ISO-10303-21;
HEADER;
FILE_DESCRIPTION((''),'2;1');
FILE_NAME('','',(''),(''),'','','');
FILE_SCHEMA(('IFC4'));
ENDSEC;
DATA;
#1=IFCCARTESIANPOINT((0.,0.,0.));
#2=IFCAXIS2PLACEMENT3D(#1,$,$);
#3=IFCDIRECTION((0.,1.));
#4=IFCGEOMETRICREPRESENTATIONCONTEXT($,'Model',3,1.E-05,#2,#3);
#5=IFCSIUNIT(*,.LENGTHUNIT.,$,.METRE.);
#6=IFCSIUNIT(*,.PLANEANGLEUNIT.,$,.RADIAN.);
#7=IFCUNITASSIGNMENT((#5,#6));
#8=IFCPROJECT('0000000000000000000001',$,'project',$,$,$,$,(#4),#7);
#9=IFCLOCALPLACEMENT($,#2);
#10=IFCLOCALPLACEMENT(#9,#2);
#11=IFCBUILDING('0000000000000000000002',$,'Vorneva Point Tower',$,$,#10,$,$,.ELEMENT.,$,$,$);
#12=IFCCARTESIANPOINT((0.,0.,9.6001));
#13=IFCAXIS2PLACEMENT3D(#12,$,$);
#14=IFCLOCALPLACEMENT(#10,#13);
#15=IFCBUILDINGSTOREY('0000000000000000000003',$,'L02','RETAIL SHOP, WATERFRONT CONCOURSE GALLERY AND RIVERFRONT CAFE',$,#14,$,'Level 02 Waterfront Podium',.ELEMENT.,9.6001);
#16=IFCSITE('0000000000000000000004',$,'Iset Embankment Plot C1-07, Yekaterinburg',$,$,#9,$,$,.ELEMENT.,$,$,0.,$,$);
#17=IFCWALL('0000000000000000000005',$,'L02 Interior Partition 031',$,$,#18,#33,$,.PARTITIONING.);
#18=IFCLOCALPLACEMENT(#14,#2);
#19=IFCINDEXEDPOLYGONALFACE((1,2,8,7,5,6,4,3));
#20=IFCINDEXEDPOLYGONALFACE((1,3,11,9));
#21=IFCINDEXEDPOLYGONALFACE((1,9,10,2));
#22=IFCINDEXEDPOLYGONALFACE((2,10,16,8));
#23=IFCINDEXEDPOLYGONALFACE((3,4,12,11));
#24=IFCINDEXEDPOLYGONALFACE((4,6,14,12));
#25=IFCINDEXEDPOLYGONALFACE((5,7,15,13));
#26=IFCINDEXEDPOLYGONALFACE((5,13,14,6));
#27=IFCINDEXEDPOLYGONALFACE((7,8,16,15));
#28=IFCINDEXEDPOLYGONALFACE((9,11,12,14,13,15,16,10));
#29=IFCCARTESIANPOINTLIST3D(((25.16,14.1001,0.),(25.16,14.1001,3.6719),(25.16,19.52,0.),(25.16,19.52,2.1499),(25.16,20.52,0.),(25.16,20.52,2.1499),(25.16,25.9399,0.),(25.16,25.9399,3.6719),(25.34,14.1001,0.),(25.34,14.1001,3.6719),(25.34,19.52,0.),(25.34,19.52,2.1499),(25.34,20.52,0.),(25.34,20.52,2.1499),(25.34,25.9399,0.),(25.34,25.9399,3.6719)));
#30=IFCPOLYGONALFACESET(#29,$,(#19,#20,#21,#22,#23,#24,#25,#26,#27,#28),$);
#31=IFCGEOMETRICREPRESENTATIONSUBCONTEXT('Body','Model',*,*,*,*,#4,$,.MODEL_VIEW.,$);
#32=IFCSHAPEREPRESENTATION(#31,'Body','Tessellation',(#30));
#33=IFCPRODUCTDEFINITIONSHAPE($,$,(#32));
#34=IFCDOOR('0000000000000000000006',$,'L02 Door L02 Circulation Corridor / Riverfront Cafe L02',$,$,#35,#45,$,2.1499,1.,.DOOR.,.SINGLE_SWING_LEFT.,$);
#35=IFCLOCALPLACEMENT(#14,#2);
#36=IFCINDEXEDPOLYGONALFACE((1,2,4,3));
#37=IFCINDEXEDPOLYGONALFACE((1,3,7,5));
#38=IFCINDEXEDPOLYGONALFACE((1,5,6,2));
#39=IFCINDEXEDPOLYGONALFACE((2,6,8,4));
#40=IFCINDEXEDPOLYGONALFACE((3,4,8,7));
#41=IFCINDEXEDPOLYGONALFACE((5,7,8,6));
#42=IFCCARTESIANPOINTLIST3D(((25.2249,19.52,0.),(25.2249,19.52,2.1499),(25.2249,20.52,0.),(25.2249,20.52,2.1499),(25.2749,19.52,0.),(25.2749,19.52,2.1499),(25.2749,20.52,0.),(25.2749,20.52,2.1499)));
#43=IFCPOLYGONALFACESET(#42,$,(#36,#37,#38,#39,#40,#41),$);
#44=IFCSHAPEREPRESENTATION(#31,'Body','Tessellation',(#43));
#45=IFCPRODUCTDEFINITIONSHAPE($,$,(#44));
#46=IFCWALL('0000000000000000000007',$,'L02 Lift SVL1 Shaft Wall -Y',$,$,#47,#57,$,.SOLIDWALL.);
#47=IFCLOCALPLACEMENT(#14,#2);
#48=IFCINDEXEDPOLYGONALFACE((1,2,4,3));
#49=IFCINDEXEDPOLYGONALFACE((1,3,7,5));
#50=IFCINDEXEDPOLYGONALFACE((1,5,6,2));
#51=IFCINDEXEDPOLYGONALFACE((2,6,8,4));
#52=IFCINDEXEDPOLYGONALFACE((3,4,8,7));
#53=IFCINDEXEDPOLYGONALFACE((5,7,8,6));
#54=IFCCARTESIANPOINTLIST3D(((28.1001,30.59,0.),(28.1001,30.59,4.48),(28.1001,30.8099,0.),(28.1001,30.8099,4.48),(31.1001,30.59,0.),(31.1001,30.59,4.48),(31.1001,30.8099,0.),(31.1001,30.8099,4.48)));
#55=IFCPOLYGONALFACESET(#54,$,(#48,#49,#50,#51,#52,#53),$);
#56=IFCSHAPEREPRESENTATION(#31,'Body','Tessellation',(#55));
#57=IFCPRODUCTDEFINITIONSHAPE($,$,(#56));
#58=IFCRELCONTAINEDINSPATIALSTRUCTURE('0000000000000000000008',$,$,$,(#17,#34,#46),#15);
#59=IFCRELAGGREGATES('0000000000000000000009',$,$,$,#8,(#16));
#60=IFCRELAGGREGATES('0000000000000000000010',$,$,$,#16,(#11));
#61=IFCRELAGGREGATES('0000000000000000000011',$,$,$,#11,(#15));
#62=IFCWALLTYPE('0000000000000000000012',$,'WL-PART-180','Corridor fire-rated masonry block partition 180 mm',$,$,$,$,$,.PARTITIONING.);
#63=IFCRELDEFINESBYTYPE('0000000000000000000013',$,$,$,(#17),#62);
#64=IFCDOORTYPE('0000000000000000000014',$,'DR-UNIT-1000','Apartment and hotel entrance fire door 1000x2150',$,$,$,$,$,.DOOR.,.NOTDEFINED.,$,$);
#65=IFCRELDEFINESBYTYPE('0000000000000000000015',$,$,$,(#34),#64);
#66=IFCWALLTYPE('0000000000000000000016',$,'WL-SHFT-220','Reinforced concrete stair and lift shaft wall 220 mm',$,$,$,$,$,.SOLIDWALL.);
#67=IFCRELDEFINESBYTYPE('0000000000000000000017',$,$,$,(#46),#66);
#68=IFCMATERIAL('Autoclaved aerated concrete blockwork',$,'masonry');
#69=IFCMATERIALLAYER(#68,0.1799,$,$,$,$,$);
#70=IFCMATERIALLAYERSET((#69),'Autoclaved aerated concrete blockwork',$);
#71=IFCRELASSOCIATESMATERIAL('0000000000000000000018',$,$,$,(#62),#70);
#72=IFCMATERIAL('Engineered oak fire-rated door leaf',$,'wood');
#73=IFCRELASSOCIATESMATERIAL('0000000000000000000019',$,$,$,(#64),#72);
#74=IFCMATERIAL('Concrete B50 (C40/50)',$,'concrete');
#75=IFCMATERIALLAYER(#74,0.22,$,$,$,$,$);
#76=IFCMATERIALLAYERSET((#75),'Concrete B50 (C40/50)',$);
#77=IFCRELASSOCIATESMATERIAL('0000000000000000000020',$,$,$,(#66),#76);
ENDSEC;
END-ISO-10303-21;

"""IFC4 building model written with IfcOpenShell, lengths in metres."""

from ifc_helpers import new_model, si_unit, direction, frame, frame_2d, origin, place, context, subcontext, project, spatial, rectangle, extrude, material, layer, layer_set, type_object, element, fill, save


model = new_model("IFC4")

# Units and contexts
model_context = context("Model", 3, precision=1e-05, world=origin(), true_north=direction((0.0, 1.0)))
body_context = subcontext(model_context, "Body", "Model", "MODEL_VIEW")
ifc_project = project(units=[si_unit("LENGTHUNIT", "METRE"), si_unit("PLANEANGLEUNIT", "RADIAN")], contexts=[model_context])

# Site, building, storey
site_placement = place(None, origin())
site = spatial("IfcSite", under=ifc_project, at=site_placement, Name="Iset Embankment Plot C1-07, Yekaterinburg", CompositionType="ELEMENT", RefElevation=0.0)
building_placement = place(site_placement, origin())
building = spatial("IfcBuilding", under=site, at=building_placement, Name="Vorneva Point Tower", CompositionType="ELEMENT")
storey_placement = place(building_placement, frame((0.0, 0.0, 9.6001)))
storey = spatial("IfcBuildingStorey", under=building, at=storey_placement, Name="L02", Description="RETAIL SHOP, WATERFRONT CONCOURSE GALLERY AND RIVERFRONT CAFE", LongName="Level 02 Waterfront Podium", CompositionType="ELEMENT", Elevation=9.6001)

# Wall, opening, door
ifc_material_1 = material(Name="Autoclaved aerated concrete blockwork", Category="masonry")
ifc_layer_1 = layer(ifc_material_1, 0.1799)
ifc_layer_set_1 = layer_set([ifc_layer_1], Name="Autoclaved aerated concrete blockwork")
wall_type_1 = type_object("IfcWallType", Name="WL-PART-180", Description="Corridor fire-rated masonry block partition 180 mm", PredefinedType="PARTITIONING", material=ifc_layer_set_1)
wall_1_placement = place(storey_placement, frame((25.25, 25.9399, 0.0), z_axis=(0.0, 0.0, 1.0), x_axis=(0.0, -1.0, 0.0)))
wall_1 = element("IfcWall", 1, at=wall_1_placement, inside=storey, type_object=wall_type_1, Name="L02 Interior Partition 031", PredefinedType="PARTITIONING", context=body_context, shape_type="SweptSolid", body=[
    extrude(rectangle(XDim=11.8398, YDim=0.1799, at=frame_2d((5.9199, 0.0))), origin(), (0.0, 0.0, 1.0), 3.6719),
])
opening_1_placement = place(wall_1_placement, frame((5.4199, 0.0, 0.0)))
opening_1 = element("IfcOpeningElement", 2, at=opening_1_placement, cuts=wall_1, PredefinedType="OPENING", context=body_context, shape_type="SweptSolid", body=[
    extrude(rectangle(XDim=1.0, YDim=2.1499, at=frame_2d((0.5, 1.075))), frame((0.0, 0.105, 0.0), z_axis=(0.0, -1.0, 0.0), x_axis=(1.0, 0.0, 0.0)), (0.0, 0.0, 1.0), 0.2097),
])
ifc_material_2 = material(Name="Engineered oak fire-rated door leaf", Category="wood")
door_type_1 = type_object("IfcDoorType", Name="DR-UNIT-1000", Description="Apartment and hotel entrance fire door 1000x2150", OperationType="NOTDEFINED", PredefinedType="DOOR", material=ifc_material_2)
door_1_placement = place(opening_1_placement, origin())
door_1 = element("IfcDoor", 3, at=door_1_placement, inside=storey, type_object=door_type_1, Name="L02 Door L02 Circulation Corridor / Riverfront Cafe L02", OperationType="SINGLE_SWING_LEFT", OverallHeight=2.1499, OverallWidth=1.0, PredefinedType="DOOR", context=body_context, shape_type="SweptSolid", body=[
    extrude(rectangle(XDim=1.0, YDim=2.1499, at=frame_2d((0.5, 1.075))), frame((0.0, 0.0249, 0.0), z_axis=(0.0, -1.0, 0.0), x_axis=(1.0, 0.0, 0.0)), (0.0, 0.0, 1.0), 0.05),
])
fill(opening_1, door_1)

# Wall
ifc_material_3 = material(Name="Concrete B50 (C40/50)", Category="concrete")
ifc_layer_2 = layer(ifc_material_3, 0.22)
ifc_layer_set_2 = layer_set([ifc_layer_2], Name="Concrete B50 (C40/50)")
wall_type_2 = type_object("IfcWallType", Name="WL-SHFT-220", Description="Reinforced concrete stair and lift shaft wall 220 mm", PredefinedType="SOLIDWALL", material=ifc_layer_set_2)
wall_2_placement = place(storey_placement, frame((28.1001, 30.7, 0.0), z_axis=(0.0, 0.0, 1.0), x_axis=(1.0, 0.0, 0.0)))
element("IfcWall", 4, at=wall_2_placement, inside=storey, type_object=wall_type_2, Name="L02 Lift SVL1 Shaft Wall -Y", PredefinedType="SOLIDWALL", context=body_context, shape_type="SweptSolid", body=[
    extrude(rectangle(XDim=3.0, YDim=0.22, at=frame_2d((1.5, 0.0))), origin(), (0.0, 0.0, 1.0), 4.48),
])

save(model, "model.ifc")
